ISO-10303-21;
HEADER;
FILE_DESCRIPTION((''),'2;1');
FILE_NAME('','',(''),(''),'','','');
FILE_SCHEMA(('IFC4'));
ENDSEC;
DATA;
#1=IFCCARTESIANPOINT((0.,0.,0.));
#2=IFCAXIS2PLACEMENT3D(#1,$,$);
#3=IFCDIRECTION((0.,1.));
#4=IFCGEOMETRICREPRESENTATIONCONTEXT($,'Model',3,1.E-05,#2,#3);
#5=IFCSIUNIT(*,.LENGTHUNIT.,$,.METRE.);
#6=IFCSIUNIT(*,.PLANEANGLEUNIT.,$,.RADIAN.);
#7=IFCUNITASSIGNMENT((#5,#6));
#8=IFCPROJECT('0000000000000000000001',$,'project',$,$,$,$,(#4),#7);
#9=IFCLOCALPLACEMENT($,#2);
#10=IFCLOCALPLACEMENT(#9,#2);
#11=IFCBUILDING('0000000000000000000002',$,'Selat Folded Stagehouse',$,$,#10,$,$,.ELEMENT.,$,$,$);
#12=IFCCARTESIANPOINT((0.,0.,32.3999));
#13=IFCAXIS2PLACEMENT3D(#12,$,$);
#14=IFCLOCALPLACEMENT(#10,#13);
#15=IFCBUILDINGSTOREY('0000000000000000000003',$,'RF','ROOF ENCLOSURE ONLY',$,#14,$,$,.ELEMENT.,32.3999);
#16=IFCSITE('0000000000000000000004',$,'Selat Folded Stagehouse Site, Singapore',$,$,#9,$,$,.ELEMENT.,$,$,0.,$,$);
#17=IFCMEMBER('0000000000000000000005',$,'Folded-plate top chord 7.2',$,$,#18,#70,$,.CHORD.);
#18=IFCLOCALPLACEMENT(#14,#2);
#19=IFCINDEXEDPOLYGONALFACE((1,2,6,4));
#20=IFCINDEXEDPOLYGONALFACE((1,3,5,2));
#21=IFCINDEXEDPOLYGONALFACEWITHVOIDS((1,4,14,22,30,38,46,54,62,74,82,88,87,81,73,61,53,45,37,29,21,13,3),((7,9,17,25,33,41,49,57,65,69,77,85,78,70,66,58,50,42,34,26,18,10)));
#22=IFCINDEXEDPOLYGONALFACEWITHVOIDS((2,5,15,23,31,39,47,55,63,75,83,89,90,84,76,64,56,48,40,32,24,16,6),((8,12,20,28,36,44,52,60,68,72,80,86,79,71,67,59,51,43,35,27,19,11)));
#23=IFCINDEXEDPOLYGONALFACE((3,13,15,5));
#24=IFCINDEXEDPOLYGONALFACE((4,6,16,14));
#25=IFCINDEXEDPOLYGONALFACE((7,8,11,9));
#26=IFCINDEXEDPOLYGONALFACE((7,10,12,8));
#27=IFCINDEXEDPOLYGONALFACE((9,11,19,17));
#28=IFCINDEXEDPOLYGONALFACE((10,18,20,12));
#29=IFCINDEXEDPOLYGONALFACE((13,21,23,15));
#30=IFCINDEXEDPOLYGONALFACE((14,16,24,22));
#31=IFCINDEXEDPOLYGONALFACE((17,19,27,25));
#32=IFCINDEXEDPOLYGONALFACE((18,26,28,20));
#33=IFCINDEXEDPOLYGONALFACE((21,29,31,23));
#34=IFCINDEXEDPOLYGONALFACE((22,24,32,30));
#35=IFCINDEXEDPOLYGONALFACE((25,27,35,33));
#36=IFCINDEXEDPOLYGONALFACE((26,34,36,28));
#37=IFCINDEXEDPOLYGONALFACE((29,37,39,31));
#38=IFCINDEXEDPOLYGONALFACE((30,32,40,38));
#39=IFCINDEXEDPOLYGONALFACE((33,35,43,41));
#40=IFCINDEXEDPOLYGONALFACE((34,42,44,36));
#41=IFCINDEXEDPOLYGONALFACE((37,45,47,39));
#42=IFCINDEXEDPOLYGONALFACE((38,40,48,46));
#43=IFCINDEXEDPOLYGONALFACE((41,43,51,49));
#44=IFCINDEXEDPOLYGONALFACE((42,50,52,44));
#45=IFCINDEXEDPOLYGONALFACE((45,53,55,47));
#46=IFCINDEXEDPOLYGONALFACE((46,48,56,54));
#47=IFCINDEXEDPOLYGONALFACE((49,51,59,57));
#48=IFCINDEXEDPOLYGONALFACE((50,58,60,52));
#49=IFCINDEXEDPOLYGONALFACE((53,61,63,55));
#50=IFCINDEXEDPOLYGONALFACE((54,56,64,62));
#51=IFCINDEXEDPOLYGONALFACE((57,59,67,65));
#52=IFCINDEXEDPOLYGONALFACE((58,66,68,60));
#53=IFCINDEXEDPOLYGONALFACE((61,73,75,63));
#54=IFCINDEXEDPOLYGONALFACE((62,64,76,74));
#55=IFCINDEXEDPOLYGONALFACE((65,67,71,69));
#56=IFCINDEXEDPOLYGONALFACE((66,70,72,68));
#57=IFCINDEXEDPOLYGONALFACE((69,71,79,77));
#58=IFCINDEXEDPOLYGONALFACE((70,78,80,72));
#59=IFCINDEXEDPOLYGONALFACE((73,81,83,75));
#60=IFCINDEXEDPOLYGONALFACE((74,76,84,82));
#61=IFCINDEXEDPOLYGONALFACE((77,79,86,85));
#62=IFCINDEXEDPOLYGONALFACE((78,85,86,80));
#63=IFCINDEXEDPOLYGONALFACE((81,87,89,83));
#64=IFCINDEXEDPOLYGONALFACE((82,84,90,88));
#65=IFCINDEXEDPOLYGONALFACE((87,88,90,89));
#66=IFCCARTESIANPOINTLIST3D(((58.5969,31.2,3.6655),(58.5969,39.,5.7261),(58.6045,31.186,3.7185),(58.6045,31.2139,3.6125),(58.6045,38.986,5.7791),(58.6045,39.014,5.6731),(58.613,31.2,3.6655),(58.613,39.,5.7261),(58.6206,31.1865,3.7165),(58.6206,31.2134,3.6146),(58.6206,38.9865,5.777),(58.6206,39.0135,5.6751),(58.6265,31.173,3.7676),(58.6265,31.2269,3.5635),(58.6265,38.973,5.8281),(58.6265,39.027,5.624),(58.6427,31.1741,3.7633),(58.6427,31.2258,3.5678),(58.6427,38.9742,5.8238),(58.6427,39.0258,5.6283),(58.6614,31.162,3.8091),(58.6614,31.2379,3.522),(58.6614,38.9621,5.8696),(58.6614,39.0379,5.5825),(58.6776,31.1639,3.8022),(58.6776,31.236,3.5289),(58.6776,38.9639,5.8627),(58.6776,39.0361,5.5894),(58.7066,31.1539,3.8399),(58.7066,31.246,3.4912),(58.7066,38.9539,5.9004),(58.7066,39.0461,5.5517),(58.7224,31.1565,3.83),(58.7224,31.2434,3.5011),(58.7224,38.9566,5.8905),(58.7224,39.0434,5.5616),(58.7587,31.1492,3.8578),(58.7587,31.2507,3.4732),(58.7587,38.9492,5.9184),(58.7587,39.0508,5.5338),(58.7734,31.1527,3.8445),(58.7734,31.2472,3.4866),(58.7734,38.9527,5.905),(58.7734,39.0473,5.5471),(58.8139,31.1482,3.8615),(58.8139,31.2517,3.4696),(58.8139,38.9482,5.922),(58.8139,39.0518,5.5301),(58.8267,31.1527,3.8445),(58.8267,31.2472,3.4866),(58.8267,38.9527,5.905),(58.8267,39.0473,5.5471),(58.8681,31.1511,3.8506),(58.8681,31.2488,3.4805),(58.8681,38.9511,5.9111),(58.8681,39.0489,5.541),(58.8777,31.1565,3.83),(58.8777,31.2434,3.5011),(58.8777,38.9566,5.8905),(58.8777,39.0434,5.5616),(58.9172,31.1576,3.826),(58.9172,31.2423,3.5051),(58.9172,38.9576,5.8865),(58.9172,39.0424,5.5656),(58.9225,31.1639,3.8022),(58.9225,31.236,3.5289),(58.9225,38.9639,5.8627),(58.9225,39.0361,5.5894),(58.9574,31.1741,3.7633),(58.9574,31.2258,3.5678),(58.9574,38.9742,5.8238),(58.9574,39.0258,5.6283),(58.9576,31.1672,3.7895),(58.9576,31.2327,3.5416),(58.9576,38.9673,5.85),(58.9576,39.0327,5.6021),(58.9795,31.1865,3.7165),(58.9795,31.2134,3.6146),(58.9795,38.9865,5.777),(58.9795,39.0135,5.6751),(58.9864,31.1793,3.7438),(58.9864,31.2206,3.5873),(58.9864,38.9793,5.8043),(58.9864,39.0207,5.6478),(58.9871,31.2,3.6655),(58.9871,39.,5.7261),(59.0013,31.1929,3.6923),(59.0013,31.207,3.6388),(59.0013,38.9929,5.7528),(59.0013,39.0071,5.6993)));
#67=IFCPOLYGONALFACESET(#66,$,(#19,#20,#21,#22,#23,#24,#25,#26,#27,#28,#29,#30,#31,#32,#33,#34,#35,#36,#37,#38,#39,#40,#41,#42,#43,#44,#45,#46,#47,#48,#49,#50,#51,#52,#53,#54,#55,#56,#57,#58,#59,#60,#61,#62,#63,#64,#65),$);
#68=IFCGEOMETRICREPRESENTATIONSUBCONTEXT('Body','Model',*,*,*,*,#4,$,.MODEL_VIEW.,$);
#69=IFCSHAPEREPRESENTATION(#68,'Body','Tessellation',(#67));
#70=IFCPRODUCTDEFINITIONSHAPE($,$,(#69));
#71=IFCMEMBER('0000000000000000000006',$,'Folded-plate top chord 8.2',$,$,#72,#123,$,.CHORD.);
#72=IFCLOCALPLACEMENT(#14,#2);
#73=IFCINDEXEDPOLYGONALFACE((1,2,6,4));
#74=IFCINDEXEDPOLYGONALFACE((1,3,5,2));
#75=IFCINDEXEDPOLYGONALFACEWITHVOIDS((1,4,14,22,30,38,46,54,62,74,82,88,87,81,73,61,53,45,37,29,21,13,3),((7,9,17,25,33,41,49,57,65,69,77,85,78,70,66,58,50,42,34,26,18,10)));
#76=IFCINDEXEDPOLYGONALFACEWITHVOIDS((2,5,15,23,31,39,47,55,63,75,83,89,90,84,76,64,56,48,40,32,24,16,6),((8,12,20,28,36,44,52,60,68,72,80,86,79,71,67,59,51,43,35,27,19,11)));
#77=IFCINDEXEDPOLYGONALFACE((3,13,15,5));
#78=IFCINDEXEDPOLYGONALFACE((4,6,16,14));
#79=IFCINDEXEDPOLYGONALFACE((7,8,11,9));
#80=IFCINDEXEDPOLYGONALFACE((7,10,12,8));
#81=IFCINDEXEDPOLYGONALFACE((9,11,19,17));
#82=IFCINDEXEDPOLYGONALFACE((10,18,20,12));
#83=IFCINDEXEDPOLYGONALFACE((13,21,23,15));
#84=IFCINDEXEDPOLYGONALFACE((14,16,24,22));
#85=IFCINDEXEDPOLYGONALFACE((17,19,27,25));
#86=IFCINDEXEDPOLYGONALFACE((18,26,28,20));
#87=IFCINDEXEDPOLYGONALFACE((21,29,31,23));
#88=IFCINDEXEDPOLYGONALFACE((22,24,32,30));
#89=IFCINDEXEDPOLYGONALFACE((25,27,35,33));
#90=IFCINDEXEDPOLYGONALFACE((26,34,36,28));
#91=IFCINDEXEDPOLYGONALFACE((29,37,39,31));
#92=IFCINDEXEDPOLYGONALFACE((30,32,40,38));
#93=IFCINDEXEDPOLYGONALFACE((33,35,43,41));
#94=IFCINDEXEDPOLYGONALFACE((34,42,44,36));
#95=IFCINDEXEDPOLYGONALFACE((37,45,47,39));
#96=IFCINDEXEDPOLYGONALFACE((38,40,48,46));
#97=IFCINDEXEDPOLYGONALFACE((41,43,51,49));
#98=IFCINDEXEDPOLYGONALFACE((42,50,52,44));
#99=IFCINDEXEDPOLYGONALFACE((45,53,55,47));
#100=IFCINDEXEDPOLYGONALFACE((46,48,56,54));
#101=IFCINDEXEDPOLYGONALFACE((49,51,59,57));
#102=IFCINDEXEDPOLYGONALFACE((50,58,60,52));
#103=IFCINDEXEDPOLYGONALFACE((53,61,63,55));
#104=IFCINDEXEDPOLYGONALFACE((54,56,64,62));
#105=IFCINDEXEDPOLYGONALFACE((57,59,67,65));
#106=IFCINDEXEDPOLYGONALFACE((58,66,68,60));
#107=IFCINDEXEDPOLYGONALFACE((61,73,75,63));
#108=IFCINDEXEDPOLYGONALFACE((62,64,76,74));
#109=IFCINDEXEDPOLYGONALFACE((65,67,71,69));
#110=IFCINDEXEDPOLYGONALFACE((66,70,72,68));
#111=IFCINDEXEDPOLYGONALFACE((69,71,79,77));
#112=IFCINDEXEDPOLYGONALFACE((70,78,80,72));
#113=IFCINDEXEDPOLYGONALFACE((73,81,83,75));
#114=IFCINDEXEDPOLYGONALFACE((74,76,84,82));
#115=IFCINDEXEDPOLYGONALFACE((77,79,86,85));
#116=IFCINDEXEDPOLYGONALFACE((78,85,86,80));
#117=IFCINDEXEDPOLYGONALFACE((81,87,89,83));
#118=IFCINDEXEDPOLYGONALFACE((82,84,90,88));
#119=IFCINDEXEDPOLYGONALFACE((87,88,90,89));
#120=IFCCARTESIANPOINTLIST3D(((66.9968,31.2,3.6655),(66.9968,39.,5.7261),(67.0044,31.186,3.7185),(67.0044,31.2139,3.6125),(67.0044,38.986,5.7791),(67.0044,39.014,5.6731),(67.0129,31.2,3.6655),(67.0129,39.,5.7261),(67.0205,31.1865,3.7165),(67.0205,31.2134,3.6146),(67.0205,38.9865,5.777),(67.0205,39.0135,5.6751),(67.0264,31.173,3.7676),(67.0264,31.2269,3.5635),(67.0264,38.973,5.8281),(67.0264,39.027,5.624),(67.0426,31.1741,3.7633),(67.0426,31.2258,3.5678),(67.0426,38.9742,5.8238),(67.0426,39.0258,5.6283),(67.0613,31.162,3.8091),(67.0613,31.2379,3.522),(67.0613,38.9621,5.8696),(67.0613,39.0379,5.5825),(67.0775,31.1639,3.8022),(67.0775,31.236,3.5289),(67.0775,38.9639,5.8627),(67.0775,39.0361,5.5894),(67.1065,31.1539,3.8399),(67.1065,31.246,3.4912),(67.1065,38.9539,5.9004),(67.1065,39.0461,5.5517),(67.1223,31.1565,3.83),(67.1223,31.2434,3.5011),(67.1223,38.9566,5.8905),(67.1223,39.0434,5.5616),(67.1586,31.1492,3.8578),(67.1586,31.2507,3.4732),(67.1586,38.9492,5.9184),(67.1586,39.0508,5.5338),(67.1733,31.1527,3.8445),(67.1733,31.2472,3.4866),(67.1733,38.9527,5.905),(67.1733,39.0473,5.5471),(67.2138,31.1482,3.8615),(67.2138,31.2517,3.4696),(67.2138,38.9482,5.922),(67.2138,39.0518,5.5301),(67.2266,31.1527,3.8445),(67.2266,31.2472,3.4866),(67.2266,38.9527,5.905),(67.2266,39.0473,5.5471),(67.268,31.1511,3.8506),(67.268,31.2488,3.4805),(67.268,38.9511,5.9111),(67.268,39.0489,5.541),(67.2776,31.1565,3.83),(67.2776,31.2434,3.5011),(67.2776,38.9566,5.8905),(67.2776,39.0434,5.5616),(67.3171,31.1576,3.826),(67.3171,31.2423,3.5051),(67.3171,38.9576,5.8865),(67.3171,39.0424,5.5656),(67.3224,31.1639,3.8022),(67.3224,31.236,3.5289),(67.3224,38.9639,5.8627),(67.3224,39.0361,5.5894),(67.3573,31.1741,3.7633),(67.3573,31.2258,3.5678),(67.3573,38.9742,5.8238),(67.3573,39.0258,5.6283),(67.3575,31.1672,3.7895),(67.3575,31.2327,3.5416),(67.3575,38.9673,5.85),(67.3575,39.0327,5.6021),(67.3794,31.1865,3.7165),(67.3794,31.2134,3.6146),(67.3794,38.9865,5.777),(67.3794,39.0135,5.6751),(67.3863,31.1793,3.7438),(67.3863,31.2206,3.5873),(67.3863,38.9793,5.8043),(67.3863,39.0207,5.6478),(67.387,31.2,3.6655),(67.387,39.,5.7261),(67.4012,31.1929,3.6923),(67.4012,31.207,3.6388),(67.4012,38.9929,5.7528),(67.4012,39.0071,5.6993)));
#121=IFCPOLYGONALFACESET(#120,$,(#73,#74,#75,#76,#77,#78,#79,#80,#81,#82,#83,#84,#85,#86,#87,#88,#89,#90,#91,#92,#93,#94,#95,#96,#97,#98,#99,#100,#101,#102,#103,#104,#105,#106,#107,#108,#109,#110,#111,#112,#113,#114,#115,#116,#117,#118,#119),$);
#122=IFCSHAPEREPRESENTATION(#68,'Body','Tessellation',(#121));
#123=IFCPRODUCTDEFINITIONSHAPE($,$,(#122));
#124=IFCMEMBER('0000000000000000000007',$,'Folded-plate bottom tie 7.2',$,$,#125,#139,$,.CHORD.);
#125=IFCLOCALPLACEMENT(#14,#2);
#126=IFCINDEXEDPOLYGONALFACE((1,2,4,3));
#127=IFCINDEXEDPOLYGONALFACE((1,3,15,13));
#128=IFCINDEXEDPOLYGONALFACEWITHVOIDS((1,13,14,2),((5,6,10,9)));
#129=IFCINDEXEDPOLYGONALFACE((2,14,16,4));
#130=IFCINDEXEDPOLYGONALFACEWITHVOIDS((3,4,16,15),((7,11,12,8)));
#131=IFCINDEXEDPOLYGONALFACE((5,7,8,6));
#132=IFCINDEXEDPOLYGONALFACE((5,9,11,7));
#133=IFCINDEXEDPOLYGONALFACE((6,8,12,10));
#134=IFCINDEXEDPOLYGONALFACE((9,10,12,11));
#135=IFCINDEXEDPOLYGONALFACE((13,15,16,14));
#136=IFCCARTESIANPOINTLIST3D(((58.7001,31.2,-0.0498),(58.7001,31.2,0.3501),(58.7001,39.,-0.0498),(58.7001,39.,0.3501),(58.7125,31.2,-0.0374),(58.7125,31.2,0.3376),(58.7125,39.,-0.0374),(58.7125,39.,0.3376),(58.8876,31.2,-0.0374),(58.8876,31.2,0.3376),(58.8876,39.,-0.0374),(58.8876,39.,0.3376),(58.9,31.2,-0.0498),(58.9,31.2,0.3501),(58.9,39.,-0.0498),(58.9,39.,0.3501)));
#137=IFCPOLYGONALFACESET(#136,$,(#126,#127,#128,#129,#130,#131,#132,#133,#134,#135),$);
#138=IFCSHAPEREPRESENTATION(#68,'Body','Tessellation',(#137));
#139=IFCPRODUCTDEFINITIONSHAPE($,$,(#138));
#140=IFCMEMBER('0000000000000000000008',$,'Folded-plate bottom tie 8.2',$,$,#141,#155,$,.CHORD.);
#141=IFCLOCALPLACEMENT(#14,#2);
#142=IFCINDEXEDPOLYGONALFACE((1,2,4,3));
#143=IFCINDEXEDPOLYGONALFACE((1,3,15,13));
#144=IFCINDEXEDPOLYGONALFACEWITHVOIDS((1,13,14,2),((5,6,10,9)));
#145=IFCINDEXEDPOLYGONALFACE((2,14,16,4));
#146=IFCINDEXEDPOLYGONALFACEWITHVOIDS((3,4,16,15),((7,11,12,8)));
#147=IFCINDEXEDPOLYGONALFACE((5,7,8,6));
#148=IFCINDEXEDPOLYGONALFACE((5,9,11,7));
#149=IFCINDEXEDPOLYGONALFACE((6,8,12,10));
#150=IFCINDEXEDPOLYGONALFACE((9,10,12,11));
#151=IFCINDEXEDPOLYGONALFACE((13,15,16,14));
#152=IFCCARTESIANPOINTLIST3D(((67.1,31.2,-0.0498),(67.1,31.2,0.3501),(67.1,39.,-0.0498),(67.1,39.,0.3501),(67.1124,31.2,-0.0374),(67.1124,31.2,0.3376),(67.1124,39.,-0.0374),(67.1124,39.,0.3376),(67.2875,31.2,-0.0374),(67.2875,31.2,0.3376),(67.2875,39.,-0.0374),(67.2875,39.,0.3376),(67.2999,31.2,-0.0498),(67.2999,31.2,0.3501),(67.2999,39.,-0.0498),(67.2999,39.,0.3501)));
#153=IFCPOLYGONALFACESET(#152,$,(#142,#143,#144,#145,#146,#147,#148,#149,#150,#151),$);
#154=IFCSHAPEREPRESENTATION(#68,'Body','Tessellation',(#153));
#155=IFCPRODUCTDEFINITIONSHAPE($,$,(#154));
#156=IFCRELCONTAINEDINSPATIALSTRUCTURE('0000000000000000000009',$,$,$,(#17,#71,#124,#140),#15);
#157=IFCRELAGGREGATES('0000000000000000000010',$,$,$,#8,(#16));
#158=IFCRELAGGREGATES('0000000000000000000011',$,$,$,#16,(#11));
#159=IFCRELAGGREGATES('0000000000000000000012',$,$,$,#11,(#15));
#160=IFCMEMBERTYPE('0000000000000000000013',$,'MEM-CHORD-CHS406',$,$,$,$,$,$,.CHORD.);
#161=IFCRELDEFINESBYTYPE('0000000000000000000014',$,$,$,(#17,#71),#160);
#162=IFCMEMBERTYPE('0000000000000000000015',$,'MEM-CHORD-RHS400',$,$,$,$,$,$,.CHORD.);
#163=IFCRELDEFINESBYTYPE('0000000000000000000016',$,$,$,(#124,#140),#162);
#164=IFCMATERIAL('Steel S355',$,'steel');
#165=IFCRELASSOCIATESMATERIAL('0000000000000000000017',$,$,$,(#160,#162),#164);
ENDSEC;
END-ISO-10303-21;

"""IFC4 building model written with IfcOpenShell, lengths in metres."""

from ifc_helpers import new_model, si_unit, direction, frame, origin, origin_2d, place, context, subcontext, project, spatial, hollow_rectangle, hollow_circle, extrude, material, material_profile, profile_set, type_object, element, save


model = new_model("IFC4")

# Units and contexts
model_context = context("Model", 3, precision=1e-05, world=origin(), true_north=direction((0.0, 1.0)))
body_context = subcontext(model_context, "Body", "Model", "MODEL_VIEW")
ifc_project = project(units=[si_unit("LENGTHUNIT", "METRE"), si_unit("PLANEANGLEUNIT", "RADIAN")], contexts=[model_context])

# Site, building, storey
site_placement = place(None, origin())
site = spatial("IfcSite", under=ifc_project, at=site_placement, Name="Selat Folded Stagehouse Site, Singapore", CompositionType="ELEMENT", RefElevation=0.0)
building_placement = place(site_placement, origin())
building = spatial("IfcBuilding", under=site, at=building_placement, Name="Selat Folded Stagehouse", CompositionType="ELEMENT")
storey_placement = place(building_placement, frame((0.0, 0.0, 32.3999)))
storey = spatial("IfcBuildingStorey", under=building, at=storey_placement, Name="RF", Description="ROOF ENCLOSURE ONLY", CompositionType="ELEMENT", Elevation=32.3999)

# Members
ifc_material_1 = material(Name="Steel S355", Category="steel")
ifc_material_profile_1 = material_profile(ifc_material_1, hollow_circle(Radius=0.2031, WallThickness=0.0161, at=origin_2d()), Name="CHS 406.4x16.0")
ifc_profile_set_1 = profile_set([ifc_material_profile_1], Name="Steel S355")
member_type_1 = type_object("IfcMemberType", Name="MEM-CHORD-CHS406", PredefinedType="CHORD", material=ifc_profile_set_1)
for number, where, z_axis, x_axis, name in (
    (1, (58.8, 31.2, 3.6655), (0.0, 0.966833, 0.255409), (-1.0, 0.0, 0.0), "Folded-plate top chord 7.2"),
    (2, (67.2, 31.2, 3.6655), (0.0, 0.966833, 0.255409), (-1.0, 0.0, 0.0), "Folded-plate top chord 8.2"),
):
    element("IfcMember", number, at=place(storey_placement, frame(where, z_axis=z_axis, x_axis=x_axis)), inside=storey, type_object=member_type_1, Name=name, PredefinedType="CHORD", context=body_context, shape_type="SweptSolid", body=[
        extrude(hollow_circle(Radius=0.2031, WallThickness=0.0161, at=origin_2d()), origin(), (0.0, 0.0, 1.0), 8.0676),
    ])
ifc_material_profile_2 = material_profile(ifc_material_1, hollow_rectangle(XDim=0.2, YDim=0.3999, WallThickness=0.0125, at=origin_2d()), Name="RHS 400x200x12.5")
ifc_profile_set_2 = profile_set([ifc_material_profile_2], Name="Steel S355")
member_type_2 = type_object("IfcMemberType", Name="MEM-CHORD-RHS400", PredefinedType="CHORD", material=ifc_profile_set_2)
for number, where, z_axis, x_axis, name in (
    (3, (58.8, 31.2, 0.1501), (0.0, 1.0, 0.0), (-1.0, 0.0, 0.0), "Folded-plate bottom tie 7.2"),
    (4, (67.2, 31.2, 0.1501), (0.0, 1.0, 0.0), (-1.0, 0.0, 0.0), "Folded-plate bottom tie 8.2"),
):
    element("IfcMember", number, at=place(storey_placement, frame(where, z_axis=z_axis, x_axis=x_axis)), inside=storey, type_object=member_type_2, Name=name, PredefinedType="CHORD", context=body_context, shape_type="SweptSolid", body=[
        extrude(hollow_rectangle(XDim=0.2, YDim=0.3999, WallThickness=0.0125, at=origin_2d()), origin(), (0.0, 0.0, 1.0), 7.8),
    ])

save(model, "model.ifc")
